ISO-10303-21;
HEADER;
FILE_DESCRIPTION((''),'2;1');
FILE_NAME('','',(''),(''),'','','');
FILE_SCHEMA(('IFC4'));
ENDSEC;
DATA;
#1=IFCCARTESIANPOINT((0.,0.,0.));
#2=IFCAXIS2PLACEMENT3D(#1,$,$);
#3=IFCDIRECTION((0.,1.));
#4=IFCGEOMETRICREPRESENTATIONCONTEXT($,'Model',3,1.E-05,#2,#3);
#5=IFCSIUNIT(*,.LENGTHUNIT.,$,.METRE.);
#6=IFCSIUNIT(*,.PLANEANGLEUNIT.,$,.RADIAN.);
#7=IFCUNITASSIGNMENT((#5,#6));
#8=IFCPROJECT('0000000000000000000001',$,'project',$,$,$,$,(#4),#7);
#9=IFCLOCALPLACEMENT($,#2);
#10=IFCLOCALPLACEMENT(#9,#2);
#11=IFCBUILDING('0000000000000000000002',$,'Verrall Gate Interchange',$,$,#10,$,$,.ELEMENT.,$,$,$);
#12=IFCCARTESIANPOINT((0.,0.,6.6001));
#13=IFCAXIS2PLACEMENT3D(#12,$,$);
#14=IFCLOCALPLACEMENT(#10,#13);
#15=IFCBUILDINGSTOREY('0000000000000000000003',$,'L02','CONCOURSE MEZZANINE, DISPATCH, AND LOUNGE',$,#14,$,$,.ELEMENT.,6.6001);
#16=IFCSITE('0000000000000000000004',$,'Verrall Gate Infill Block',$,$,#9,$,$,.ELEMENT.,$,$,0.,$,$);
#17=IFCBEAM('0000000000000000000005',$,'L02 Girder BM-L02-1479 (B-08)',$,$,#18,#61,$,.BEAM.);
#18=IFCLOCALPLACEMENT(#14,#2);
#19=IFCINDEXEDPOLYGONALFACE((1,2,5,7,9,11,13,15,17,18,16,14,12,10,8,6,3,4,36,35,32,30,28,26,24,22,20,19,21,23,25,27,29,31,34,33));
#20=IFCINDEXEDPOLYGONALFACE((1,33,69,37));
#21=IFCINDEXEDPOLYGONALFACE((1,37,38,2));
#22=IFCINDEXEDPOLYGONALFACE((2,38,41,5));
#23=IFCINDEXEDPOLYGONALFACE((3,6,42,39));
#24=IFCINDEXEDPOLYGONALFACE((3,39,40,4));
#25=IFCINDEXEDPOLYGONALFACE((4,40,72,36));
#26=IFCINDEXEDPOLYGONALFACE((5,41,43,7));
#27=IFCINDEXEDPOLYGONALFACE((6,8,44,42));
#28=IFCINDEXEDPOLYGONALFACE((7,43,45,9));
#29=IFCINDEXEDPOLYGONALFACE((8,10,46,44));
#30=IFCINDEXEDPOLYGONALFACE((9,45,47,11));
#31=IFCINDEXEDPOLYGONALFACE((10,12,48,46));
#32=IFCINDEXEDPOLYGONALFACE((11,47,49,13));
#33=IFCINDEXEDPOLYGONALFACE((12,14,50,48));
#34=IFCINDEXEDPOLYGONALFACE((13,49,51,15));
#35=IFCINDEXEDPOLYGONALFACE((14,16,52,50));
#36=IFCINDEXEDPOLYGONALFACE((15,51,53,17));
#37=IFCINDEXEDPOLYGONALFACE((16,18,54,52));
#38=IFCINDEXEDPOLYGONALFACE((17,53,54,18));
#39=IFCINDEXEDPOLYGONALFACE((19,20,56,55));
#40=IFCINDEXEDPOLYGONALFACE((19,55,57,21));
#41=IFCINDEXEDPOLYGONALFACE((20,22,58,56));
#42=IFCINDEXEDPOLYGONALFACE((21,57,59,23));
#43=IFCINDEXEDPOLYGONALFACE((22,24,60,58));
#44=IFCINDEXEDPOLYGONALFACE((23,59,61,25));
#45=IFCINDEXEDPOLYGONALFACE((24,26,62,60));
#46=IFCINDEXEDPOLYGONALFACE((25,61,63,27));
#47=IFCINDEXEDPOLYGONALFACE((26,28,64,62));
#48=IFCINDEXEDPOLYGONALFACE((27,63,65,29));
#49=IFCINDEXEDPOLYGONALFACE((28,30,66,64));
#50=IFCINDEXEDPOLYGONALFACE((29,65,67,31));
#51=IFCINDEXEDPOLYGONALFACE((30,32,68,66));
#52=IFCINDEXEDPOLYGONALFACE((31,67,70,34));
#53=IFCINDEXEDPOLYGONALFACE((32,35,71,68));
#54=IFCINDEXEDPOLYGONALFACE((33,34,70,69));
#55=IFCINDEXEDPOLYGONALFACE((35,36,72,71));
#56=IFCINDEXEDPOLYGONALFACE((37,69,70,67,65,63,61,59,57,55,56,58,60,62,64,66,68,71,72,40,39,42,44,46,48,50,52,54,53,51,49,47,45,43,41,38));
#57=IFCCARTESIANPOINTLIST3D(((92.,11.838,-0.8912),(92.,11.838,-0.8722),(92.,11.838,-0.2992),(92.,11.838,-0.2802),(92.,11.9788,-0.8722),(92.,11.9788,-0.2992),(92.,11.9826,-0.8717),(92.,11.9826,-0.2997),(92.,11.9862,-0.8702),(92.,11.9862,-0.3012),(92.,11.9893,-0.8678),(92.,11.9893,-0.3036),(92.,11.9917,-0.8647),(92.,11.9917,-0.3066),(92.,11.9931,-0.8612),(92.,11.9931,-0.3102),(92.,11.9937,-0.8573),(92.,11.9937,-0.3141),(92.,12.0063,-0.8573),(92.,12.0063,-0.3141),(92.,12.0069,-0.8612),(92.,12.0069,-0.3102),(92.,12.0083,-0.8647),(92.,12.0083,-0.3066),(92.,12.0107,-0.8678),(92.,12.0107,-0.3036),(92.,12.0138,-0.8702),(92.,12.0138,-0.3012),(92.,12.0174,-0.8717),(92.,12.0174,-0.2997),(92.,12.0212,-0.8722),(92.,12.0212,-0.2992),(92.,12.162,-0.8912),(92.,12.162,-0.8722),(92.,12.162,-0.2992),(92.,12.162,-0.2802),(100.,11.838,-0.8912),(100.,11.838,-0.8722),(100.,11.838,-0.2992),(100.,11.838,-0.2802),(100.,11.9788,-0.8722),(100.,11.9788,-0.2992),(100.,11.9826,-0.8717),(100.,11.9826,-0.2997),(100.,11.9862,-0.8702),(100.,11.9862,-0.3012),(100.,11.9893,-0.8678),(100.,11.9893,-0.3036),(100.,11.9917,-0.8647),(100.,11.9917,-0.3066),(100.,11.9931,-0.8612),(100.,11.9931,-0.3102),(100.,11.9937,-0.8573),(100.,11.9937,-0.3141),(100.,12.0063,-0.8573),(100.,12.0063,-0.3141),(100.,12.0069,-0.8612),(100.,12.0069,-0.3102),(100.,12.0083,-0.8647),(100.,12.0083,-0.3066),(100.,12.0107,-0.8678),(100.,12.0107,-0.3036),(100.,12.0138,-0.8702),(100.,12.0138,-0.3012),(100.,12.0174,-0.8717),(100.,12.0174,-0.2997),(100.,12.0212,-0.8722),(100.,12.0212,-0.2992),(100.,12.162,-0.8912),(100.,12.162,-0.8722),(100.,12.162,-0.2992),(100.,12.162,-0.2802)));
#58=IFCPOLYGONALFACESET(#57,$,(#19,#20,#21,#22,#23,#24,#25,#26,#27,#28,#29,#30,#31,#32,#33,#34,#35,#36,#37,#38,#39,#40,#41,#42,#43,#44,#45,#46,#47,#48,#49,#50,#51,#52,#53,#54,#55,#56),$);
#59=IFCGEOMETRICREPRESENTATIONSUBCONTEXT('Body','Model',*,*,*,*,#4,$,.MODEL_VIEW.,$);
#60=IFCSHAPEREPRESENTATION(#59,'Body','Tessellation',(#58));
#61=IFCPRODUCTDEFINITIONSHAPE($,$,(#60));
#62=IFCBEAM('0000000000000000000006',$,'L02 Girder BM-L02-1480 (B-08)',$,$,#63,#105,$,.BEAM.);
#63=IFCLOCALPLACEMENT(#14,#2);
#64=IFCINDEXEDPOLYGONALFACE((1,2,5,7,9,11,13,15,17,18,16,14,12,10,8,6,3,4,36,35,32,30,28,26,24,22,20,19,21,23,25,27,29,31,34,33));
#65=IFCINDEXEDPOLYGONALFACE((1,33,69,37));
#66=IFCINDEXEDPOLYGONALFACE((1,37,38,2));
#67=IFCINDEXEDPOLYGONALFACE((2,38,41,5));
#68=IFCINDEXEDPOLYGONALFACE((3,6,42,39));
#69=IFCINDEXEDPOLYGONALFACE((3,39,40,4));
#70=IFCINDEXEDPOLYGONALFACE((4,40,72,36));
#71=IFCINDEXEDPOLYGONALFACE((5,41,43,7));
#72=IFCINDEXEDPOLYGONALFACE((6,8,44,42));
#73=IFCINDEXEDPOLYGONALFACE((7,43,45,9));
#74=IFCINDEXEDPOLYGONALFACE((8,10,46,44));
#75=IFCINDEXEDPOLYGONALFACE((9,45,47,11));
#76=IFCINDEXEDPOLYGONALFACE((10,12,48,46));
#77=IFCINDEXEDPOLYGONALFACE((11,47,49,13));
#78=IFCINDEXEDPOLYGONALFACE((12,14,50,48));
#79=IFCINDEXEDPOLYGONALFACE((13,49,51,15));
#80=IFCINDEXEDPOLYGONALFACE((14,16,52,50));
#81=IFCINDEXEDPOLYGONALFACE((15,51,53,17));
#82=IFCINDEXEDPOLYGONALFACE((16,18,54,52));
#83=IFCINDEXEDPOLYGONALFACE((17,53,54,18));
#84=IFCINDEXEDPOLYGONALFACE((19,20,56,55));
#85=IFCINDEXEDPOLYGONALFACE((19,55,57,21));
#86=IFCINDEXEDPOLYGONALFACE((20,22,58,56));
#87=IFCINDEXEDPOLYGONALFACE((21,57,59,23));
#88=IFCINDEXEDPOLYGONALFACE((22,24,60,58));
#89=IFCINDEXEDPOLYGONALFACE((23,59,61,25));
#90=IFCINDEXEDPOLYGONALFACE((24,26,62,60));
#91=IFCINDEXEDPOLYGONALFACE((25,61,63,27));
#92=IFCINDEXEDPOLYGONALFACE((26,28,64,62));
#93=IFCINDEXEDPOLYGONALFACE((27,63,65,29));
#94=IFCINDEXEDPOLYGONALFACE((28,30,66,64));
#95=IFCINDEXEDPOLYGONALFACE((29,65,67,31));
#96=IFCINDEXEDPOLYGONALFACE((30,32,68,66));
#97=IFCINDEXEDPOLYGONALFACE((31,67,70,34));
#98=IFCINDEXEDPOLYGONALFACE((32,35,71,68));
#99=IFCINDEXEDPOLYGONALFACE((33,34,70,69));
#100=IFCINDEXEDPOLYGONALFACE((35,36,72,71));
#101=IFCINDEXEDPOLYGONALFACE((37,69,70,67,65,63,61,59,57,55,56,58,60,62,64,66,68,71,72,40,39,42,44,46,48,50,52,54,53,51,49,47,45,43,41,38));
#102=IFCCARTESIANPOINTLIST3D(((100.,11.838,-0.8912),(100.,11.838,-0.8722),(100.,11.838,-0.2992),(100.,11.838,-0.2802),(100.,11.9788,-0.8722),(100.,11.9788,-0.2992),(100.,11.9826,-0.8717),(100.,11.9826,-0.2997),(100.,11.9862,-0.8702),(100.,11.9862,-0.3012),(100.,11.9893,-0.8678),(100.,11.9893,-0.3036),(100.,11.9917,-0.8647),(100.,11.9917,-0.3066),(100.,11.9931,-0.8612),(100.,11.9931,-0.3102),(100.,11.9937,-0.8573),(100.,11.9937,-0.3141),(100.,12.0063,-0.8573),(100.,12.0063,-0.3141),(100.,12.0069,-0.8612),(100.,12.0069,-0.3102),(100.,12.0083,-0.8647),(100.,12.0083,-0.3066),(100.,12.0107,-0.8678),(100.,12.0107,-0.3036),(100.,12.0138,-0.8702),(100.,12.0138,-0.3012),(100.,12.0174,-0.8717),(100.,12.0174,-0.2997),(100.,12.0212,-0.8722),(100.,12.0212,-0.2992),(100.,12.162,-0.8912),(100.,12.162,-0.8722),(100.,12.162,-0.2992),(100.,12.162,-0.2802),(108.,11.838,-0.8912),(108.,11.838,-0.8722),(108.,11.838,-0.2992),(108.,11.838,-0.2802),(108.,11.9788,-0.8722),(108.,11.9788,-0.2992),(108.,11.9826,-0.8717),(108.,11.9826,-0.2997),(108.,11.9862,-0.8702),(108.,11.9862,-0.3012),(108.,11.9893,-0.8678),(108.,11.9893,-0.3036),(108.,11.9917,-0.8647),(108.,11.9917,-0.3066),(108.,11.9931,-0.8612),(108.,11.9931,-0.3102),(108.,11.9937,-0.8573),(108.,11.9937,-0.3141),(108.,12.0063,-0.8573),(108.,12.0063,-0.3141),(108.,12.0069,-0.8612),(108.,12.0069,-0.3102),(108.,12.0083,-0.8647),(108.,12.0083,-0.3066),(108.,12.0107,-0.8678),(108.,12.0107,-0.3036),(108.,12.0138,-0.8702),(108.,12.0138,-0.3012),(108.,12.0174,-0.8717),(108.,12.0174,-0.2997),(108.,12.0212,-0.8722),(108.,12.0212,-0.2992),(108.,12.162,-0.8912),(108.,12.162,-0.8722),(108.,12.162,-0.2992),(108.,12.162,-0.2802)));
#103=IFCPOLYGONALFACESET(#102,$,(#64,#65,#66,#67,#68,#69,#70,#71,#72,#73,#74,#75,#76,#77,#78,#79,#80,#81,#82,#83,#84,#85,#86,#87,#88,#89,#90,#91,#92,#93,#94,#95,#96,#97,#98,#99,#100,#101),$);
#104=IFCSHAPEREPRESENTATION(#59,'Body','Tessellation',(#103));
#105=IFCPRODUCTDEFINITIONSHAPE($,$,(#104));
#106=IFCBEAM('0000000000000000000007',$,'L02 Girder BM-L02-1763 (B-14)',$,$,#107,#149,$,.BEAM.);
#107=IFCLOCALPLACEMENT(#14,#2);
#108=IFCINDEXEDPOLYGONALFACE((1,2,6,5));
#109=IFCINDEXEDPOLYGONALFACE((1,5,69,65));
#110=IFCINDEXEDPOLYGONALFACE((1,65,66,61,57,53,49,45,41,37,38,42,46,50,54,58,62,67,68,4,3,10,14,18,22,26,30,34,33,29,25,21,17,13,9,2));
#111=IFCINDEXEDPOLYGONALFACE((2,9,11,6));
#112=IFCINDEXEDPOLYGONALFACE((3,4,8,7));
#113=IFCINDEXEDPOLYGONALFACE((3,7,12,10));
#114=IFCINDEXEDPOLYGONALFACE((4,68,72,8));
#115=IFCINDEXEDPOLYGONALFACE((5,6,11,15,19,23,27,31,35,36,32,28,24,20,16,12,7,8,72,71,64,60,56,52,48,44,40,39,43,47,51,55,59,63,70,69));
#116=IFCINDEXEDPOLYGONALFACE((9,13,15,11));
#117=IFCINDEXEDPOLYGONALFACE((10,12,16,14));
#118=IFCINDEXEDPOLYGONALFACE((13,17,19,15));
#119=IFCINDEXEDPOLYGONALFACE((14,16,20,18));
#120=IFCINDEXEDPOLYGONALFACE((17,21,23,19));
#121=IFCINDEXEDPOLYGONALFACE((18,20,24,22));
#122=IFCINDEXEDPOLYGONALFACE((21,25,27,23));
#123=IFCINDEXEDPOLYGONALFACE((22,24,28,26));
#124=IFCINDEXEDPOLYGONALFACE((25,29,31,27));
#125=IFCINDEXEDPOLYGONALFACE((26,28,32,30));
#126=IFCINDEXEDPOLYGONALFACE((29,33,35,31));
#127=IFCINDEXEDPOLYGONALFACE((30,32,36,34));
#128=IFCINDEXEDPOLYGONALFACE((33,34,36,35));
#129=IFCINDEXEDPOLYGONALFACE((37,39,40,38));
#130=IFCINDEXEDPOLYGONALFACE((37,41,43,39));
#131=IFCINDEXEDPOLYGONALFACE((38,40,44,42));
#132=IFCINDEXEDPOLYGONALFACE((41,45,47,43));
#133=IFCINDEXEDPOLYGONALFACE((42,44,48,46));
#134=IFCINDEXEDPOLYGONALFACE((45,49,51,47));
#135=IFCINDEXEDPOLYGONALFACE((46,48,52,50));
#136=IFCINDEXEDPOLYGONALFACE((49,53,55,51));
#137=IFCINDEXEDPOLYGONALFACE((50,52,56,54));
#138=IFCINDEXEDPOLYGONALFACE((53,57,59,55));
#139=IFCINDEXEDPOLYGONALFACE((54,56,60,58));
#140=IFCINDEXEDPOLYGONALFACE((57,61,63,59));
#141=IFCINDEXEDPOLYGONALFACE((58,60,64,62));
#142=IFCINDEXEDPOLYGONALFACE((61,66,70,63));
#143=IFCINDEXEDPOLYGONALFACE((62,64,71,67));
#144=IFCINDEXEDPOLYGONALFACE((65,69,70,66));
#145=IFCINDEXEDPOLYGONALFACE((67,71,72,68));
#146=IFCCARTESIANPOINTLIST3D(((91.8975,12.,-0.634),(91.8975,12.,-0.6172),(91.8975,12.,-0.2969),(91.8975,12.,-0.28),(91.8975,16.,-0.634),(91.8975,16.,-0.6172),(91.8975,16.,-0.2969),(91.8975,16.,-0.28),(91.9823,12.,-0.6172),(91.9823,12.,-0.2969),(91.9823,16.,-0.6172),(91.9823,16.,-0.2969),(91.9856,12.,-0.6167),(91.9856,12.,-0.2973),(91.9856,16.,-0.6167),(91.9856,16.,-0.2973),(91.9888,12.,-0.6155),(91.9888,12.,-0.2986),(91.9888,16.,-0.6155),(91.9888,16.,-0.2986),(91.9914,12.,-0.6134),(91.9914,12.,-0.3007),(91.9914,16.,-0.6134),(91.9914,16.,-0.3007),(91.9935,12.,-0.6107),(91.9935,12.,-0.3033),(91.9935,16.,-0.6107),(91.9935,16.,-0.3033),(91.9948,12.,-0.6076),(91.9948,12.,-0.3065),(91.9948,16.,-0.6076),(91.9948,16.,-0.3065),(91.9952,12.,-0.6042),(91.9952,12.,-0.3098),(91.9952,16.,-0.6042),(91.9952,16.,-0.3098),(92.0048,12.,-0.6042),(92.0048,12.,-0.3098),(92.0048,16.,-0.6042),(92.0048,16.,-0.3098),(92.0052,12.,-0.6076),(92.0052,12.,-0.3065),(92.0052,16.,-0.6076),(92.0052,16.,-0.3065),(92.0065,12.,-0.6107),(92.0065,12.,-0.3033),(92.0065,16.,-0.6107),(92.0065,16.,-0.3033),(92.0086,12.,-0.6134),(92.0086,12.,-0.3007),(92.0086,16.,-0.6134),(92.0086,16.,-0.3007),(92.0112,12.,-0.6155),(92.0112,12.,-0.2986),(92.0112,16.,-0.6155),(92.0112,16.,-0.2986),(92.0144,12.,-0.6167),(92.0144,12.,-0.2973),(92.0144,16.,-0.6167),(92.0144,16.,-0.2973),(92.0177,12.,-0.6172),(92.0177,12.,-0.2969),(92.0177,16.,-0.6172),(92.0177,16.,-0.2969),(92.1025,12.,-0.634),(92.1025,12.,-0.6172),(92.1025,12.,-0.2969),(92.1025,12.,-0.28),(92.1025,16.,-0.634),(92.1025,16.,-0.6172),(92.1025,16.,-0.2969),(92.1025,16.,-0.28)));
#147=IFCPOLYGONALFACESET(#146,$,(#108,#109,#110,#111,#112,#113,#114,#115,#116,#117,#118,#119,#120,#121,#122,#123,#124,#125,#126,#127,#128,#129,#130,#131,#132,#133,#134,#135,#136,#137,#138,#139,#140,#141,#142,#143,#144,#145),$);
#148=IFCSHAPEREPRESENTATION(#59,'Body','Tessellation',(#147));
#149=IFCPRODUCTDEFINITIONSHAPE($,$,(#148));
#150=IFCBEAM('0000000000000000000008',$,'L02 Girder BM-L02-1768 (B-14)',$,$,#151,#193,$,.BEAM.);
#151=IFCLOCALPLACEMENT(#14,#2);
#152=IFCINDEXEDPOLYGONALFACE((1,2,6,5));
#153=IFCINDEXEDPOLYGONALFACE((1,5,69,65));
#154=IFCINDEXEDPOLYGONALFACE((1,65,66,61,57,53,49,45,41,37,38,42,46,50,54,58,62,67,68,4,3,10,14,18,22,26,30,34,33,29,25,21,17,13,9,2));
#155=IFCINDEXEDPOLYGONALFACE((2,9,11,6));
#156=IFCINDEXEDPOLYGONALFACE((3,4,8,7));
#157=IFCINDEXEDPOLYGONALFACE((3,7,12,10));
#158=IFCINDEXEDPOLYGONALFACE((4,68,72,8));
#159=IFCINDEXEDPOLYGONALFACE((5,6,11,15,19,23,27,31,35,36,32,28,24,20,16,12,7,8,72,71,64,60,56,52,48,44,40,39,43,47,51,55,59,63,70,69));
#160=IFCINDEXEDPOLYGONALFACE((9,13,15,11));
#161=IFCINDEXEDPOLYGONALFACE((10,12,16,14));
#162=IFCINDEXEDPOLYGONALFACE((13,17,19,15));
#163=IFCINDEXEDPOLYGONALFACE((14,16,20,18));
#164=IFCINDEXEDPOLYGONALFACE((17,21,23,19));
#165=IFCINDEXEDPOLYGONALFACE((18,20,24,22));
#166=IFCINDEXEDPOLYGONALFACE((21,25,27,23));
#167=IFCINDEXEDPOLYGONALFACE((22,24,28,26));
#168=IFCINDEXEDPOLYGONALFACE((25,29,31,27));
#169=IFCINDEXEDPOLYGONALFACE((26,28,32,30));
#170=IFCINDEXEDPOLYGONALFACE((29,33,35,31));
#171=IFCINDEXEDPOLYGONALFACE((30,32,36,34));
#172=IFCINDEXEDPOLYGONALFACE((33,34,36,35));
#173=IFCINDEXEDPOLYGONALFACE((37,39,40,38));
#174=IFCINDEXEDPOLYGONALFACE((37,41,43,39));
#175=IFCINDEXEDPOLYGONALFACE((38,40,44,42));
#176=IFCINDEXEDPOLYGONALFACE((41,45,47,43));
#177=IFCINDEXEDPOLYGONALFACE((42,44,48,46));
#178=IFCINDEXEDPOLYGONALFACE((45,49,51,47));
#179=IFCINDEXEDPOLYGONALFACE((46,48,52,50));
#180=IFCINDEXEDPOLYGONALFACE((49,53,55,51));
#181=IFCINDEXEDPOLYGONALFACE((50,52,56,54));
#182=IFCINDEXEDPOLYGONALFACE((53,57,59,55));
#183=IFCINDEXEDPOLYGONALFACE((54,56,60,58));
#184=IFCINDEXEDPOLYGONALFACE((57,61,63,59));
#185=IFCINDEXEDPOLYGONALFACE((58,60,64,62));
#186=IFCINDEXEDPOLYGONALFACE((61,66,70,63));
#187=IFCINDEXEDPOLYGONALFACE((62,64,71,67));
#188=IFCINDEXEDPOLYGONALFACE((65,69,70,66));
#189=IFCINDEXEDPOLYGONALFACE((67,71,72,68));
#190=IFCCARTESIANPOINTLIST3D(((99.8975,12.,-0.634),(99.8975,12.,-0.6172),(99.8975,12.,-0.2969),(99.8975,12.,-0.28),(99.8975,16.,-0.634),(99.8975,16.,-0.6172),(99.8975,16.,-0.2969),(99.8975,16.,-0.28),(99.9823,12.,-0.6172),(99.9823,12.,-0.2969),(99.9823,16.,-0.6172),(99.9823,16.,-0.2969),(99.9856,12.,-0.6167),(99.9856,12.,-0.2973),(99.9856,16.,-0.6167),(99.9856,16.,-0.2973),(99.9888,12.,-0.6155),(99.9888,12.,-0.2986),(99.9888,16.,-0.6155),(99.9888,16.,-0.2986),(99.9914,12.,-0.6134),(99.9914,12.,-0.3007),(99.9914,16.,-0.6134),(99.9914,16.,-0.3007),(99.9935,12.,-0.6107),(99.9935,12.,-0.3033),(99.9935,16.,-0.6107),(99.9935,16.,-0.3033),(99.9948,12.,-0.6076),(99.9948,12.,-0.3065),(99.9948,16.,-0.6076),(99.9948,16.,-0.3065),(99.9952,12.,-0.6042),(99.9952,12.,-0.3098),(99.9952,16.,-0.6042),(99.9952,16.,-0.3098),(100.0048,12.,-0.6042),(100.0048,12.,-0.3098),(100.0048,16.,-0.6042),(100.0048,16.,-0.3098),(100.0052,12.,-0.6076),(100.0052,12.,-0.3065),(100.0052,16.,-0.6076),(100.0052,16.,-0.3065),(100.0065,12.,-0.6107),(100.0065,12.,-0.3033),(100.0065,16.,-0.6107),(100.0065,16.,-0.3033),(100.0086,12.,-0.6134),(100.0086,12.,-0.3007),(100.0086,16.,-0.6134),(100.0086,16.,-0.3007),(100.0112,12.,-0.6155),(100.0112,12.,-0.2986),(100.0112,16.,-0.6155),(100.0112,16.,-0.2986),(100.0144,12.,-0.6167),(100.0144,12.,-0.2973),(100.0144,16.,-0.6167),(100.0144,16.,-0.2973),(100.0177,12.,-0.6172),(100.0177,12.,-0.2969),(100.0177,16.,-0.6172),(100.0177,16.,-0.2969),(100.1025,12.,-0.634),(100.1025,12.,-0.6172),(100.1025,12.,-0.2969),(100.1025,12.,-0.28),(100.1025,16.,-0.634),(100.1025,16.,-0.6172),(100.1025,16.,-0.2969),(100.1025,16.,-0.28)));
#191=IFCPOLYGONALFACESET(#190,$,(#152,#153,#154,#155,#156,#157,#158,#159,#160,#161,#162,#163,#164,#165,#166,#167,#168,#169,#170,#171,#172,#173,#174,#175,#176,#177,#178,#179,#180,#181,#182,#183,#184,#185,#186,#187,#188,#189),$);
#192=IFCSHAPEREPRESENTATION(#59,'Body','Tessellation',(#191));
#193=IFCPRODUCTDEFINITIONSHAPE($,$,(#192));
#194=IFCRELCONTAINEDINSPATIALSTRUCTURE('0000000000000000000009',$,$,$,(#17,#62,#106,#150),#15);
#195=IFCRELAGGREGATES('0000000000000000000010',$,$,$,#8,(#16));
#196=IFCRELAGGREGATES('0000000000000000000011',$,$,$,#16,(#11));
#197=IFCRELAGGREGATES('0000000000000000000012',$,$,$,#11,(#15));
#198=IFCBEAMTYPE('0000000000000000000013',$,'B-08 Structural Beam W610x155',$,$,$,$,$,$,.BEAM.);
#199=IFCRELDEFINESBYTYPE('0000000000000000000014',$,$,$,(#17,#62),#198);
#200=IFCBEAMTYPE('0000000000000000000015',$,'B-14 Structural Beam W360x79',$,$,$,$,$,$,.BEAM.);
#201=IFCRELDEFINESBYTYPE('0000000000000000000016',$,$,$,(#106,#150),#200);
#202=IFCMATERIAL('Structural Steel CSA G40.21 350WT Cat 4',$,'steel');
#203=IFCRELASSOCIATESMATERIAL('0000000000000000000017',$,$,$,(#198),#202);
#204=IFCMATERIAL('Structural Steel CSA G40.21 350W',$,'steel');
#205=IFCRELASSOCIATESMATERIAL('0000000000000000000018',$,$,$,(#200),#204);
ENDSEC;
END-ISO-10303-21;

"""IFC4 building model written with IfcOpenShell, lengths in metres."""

from ifc_helpers import new_model, si_unit, direction, frame, origin, origin_2d, place, context, subcontext, project, spatial, i_section, extrude, material, material_profile, profile_set, type_object, element, save


model = new_model("IFC4")

# Units and contexts
model_context = context("Model", 3, precision=1e-05, world=origin(), true_north=direction((0.0, 1.0)))
body_context = subcontext(model_context, "Body", "Model", "MODEL_VIEW")
ifc_project = project(units=[si_unit("LENGTHUNIT", "METRE"), si_unit("PLANEANGLEUNIT", "RADIAN")], contexts=[model_context])

# Site, building, storey
site_placement = place(None, origin())
site = spatial("IfcSite", under=ifc_project, at=site_placement, Name="Verrall Gate Infill Block", CompositionType="ELEMENT", RefElevation=0.0)
building_placement = place(site_placement, origin())
building = spatial("IfcBuilding", under=site, at=building_placement, Name="Verrall Gate Interchange", CompositionType="ELEMENT")
storey_placement = place(building_placement, frame((0.0, 0.0, 6.6001)))
storey = spatial("IfcBuildingStorey", under=building, at=storey_placement, Name="L02", Description="CONCOURSE MEZZANINE, DISPATCH, AND LOUNGE", CompositionType="ELEMENT", Elevation=6.6001)

# Beams
ifc_material_1 = material(Name="Structural Steel CSA G40.21 350WT Cat 4", Category="steel")
ifc_material_profile_1 = material_profile(ifc_material_1, i_section(OverallWidth=0.324, OverallDepth=0.6111, WebThickness=0.0127, FlangeThickness=0.019, FilletRadius=0.0149, at=origin_2d()), Name="W610x155")
ifc_profile_set_1 = profile_set([ifc_material_profile_1], Name="Structural Steel CSA G40.21 350WT Cat 4")
beam_type_1 = type_object("IfcBeamType", Name="B-08 Structural Beam W610x155", PredefinedType="BEAM", material=ifc_profile_set_1)
for number, where, z_axis, x_axis, name in (
    (1, (92.0, 12.0, -0.5857), (1.0, 0.0, 0.0), (0.0, 1.0, 0.0), "L02 Girder BM-L02-1479 (B-08)"),
    (2, (100.0, 12.0, -0.5857), (1.0, 0.0, 0.0), (0.0, 1.0, 0.0), "L02 Girder BM-L02-1480 (B-08)"),
):
    element("IfcBeam", number, at=place(storey_placement, frame(where, z_axis=z_axis, x_axis=x_axis)), inside=storey, type_object=beam_type_1, Name=name, PredefinedType="BEAM", context=body_context, shape_type="SweptSolid", body=[
        extrude(i_section(OverallWidth=0.324, OverallDepth=0.6111, WebThickness=0.0127, FlangeThickness=0.019, FilletRadius=0.0149, at=origin_2d()), origin(), (0.0, 0.0, 1.0), 8.0),
    ])
ifc_material_2 = material(Name="Structural Steel CSA G40.21 350W", Category="steel")
ifc_material_profile_2 = material_profile(ifc_material_2, i_section(OverallWidth=0.2051, OverallDepth=0.354, WebThickness=0.0095, FlangeThickness=0.0168, FilletRadius=0.0129, at=origin_2d()), Name="W360x79")
ifc_profile_set_2 = profile_set([ifc_material_profile_2], Name="Structural Steel CSA G40.21 350W")
beam_type_2 = type_object("IfcBeamType", Name="B-14 Structural Beam W360x79", PredefinedType="BEAM", material=ifc_profile_set_2)
for number, where, z_axis, x_axis, name in (
    (3, (92.0, 12.0, -0.457), (0.0, 1.0, 0.0), (-1.0, 0.0, 0.0), "L02 Girder BM-L02-1763 (B-14)"),
    (4, (100.0, 12.0, -0.457), (0.0, 1.0, 0.0), (-1.0, 0.0, 0.0), "L02 Girder BM-L02-1768 (B-14)"),
):
    element("IfcBeam", number, at=place(storey_placement, frame(where, z_axis=z_axis, x_axis=x_axis)), inside=storey, type_object=beam_type_2, Name=name, PredefinedType="BEAM", context=body_context, shape_type="SweptSolid", body=[
        extrude(i_section(OverallWidth=0.2051, OverallDepth=0.354, WebThickness=0.0095, FlangeThickness=0.0168, FilletRadius=0.0129, at=origin_2d()), origin(), (0.0, 0.0, 1.0), 4.0),
    ])

save(model, "model.ifc")
